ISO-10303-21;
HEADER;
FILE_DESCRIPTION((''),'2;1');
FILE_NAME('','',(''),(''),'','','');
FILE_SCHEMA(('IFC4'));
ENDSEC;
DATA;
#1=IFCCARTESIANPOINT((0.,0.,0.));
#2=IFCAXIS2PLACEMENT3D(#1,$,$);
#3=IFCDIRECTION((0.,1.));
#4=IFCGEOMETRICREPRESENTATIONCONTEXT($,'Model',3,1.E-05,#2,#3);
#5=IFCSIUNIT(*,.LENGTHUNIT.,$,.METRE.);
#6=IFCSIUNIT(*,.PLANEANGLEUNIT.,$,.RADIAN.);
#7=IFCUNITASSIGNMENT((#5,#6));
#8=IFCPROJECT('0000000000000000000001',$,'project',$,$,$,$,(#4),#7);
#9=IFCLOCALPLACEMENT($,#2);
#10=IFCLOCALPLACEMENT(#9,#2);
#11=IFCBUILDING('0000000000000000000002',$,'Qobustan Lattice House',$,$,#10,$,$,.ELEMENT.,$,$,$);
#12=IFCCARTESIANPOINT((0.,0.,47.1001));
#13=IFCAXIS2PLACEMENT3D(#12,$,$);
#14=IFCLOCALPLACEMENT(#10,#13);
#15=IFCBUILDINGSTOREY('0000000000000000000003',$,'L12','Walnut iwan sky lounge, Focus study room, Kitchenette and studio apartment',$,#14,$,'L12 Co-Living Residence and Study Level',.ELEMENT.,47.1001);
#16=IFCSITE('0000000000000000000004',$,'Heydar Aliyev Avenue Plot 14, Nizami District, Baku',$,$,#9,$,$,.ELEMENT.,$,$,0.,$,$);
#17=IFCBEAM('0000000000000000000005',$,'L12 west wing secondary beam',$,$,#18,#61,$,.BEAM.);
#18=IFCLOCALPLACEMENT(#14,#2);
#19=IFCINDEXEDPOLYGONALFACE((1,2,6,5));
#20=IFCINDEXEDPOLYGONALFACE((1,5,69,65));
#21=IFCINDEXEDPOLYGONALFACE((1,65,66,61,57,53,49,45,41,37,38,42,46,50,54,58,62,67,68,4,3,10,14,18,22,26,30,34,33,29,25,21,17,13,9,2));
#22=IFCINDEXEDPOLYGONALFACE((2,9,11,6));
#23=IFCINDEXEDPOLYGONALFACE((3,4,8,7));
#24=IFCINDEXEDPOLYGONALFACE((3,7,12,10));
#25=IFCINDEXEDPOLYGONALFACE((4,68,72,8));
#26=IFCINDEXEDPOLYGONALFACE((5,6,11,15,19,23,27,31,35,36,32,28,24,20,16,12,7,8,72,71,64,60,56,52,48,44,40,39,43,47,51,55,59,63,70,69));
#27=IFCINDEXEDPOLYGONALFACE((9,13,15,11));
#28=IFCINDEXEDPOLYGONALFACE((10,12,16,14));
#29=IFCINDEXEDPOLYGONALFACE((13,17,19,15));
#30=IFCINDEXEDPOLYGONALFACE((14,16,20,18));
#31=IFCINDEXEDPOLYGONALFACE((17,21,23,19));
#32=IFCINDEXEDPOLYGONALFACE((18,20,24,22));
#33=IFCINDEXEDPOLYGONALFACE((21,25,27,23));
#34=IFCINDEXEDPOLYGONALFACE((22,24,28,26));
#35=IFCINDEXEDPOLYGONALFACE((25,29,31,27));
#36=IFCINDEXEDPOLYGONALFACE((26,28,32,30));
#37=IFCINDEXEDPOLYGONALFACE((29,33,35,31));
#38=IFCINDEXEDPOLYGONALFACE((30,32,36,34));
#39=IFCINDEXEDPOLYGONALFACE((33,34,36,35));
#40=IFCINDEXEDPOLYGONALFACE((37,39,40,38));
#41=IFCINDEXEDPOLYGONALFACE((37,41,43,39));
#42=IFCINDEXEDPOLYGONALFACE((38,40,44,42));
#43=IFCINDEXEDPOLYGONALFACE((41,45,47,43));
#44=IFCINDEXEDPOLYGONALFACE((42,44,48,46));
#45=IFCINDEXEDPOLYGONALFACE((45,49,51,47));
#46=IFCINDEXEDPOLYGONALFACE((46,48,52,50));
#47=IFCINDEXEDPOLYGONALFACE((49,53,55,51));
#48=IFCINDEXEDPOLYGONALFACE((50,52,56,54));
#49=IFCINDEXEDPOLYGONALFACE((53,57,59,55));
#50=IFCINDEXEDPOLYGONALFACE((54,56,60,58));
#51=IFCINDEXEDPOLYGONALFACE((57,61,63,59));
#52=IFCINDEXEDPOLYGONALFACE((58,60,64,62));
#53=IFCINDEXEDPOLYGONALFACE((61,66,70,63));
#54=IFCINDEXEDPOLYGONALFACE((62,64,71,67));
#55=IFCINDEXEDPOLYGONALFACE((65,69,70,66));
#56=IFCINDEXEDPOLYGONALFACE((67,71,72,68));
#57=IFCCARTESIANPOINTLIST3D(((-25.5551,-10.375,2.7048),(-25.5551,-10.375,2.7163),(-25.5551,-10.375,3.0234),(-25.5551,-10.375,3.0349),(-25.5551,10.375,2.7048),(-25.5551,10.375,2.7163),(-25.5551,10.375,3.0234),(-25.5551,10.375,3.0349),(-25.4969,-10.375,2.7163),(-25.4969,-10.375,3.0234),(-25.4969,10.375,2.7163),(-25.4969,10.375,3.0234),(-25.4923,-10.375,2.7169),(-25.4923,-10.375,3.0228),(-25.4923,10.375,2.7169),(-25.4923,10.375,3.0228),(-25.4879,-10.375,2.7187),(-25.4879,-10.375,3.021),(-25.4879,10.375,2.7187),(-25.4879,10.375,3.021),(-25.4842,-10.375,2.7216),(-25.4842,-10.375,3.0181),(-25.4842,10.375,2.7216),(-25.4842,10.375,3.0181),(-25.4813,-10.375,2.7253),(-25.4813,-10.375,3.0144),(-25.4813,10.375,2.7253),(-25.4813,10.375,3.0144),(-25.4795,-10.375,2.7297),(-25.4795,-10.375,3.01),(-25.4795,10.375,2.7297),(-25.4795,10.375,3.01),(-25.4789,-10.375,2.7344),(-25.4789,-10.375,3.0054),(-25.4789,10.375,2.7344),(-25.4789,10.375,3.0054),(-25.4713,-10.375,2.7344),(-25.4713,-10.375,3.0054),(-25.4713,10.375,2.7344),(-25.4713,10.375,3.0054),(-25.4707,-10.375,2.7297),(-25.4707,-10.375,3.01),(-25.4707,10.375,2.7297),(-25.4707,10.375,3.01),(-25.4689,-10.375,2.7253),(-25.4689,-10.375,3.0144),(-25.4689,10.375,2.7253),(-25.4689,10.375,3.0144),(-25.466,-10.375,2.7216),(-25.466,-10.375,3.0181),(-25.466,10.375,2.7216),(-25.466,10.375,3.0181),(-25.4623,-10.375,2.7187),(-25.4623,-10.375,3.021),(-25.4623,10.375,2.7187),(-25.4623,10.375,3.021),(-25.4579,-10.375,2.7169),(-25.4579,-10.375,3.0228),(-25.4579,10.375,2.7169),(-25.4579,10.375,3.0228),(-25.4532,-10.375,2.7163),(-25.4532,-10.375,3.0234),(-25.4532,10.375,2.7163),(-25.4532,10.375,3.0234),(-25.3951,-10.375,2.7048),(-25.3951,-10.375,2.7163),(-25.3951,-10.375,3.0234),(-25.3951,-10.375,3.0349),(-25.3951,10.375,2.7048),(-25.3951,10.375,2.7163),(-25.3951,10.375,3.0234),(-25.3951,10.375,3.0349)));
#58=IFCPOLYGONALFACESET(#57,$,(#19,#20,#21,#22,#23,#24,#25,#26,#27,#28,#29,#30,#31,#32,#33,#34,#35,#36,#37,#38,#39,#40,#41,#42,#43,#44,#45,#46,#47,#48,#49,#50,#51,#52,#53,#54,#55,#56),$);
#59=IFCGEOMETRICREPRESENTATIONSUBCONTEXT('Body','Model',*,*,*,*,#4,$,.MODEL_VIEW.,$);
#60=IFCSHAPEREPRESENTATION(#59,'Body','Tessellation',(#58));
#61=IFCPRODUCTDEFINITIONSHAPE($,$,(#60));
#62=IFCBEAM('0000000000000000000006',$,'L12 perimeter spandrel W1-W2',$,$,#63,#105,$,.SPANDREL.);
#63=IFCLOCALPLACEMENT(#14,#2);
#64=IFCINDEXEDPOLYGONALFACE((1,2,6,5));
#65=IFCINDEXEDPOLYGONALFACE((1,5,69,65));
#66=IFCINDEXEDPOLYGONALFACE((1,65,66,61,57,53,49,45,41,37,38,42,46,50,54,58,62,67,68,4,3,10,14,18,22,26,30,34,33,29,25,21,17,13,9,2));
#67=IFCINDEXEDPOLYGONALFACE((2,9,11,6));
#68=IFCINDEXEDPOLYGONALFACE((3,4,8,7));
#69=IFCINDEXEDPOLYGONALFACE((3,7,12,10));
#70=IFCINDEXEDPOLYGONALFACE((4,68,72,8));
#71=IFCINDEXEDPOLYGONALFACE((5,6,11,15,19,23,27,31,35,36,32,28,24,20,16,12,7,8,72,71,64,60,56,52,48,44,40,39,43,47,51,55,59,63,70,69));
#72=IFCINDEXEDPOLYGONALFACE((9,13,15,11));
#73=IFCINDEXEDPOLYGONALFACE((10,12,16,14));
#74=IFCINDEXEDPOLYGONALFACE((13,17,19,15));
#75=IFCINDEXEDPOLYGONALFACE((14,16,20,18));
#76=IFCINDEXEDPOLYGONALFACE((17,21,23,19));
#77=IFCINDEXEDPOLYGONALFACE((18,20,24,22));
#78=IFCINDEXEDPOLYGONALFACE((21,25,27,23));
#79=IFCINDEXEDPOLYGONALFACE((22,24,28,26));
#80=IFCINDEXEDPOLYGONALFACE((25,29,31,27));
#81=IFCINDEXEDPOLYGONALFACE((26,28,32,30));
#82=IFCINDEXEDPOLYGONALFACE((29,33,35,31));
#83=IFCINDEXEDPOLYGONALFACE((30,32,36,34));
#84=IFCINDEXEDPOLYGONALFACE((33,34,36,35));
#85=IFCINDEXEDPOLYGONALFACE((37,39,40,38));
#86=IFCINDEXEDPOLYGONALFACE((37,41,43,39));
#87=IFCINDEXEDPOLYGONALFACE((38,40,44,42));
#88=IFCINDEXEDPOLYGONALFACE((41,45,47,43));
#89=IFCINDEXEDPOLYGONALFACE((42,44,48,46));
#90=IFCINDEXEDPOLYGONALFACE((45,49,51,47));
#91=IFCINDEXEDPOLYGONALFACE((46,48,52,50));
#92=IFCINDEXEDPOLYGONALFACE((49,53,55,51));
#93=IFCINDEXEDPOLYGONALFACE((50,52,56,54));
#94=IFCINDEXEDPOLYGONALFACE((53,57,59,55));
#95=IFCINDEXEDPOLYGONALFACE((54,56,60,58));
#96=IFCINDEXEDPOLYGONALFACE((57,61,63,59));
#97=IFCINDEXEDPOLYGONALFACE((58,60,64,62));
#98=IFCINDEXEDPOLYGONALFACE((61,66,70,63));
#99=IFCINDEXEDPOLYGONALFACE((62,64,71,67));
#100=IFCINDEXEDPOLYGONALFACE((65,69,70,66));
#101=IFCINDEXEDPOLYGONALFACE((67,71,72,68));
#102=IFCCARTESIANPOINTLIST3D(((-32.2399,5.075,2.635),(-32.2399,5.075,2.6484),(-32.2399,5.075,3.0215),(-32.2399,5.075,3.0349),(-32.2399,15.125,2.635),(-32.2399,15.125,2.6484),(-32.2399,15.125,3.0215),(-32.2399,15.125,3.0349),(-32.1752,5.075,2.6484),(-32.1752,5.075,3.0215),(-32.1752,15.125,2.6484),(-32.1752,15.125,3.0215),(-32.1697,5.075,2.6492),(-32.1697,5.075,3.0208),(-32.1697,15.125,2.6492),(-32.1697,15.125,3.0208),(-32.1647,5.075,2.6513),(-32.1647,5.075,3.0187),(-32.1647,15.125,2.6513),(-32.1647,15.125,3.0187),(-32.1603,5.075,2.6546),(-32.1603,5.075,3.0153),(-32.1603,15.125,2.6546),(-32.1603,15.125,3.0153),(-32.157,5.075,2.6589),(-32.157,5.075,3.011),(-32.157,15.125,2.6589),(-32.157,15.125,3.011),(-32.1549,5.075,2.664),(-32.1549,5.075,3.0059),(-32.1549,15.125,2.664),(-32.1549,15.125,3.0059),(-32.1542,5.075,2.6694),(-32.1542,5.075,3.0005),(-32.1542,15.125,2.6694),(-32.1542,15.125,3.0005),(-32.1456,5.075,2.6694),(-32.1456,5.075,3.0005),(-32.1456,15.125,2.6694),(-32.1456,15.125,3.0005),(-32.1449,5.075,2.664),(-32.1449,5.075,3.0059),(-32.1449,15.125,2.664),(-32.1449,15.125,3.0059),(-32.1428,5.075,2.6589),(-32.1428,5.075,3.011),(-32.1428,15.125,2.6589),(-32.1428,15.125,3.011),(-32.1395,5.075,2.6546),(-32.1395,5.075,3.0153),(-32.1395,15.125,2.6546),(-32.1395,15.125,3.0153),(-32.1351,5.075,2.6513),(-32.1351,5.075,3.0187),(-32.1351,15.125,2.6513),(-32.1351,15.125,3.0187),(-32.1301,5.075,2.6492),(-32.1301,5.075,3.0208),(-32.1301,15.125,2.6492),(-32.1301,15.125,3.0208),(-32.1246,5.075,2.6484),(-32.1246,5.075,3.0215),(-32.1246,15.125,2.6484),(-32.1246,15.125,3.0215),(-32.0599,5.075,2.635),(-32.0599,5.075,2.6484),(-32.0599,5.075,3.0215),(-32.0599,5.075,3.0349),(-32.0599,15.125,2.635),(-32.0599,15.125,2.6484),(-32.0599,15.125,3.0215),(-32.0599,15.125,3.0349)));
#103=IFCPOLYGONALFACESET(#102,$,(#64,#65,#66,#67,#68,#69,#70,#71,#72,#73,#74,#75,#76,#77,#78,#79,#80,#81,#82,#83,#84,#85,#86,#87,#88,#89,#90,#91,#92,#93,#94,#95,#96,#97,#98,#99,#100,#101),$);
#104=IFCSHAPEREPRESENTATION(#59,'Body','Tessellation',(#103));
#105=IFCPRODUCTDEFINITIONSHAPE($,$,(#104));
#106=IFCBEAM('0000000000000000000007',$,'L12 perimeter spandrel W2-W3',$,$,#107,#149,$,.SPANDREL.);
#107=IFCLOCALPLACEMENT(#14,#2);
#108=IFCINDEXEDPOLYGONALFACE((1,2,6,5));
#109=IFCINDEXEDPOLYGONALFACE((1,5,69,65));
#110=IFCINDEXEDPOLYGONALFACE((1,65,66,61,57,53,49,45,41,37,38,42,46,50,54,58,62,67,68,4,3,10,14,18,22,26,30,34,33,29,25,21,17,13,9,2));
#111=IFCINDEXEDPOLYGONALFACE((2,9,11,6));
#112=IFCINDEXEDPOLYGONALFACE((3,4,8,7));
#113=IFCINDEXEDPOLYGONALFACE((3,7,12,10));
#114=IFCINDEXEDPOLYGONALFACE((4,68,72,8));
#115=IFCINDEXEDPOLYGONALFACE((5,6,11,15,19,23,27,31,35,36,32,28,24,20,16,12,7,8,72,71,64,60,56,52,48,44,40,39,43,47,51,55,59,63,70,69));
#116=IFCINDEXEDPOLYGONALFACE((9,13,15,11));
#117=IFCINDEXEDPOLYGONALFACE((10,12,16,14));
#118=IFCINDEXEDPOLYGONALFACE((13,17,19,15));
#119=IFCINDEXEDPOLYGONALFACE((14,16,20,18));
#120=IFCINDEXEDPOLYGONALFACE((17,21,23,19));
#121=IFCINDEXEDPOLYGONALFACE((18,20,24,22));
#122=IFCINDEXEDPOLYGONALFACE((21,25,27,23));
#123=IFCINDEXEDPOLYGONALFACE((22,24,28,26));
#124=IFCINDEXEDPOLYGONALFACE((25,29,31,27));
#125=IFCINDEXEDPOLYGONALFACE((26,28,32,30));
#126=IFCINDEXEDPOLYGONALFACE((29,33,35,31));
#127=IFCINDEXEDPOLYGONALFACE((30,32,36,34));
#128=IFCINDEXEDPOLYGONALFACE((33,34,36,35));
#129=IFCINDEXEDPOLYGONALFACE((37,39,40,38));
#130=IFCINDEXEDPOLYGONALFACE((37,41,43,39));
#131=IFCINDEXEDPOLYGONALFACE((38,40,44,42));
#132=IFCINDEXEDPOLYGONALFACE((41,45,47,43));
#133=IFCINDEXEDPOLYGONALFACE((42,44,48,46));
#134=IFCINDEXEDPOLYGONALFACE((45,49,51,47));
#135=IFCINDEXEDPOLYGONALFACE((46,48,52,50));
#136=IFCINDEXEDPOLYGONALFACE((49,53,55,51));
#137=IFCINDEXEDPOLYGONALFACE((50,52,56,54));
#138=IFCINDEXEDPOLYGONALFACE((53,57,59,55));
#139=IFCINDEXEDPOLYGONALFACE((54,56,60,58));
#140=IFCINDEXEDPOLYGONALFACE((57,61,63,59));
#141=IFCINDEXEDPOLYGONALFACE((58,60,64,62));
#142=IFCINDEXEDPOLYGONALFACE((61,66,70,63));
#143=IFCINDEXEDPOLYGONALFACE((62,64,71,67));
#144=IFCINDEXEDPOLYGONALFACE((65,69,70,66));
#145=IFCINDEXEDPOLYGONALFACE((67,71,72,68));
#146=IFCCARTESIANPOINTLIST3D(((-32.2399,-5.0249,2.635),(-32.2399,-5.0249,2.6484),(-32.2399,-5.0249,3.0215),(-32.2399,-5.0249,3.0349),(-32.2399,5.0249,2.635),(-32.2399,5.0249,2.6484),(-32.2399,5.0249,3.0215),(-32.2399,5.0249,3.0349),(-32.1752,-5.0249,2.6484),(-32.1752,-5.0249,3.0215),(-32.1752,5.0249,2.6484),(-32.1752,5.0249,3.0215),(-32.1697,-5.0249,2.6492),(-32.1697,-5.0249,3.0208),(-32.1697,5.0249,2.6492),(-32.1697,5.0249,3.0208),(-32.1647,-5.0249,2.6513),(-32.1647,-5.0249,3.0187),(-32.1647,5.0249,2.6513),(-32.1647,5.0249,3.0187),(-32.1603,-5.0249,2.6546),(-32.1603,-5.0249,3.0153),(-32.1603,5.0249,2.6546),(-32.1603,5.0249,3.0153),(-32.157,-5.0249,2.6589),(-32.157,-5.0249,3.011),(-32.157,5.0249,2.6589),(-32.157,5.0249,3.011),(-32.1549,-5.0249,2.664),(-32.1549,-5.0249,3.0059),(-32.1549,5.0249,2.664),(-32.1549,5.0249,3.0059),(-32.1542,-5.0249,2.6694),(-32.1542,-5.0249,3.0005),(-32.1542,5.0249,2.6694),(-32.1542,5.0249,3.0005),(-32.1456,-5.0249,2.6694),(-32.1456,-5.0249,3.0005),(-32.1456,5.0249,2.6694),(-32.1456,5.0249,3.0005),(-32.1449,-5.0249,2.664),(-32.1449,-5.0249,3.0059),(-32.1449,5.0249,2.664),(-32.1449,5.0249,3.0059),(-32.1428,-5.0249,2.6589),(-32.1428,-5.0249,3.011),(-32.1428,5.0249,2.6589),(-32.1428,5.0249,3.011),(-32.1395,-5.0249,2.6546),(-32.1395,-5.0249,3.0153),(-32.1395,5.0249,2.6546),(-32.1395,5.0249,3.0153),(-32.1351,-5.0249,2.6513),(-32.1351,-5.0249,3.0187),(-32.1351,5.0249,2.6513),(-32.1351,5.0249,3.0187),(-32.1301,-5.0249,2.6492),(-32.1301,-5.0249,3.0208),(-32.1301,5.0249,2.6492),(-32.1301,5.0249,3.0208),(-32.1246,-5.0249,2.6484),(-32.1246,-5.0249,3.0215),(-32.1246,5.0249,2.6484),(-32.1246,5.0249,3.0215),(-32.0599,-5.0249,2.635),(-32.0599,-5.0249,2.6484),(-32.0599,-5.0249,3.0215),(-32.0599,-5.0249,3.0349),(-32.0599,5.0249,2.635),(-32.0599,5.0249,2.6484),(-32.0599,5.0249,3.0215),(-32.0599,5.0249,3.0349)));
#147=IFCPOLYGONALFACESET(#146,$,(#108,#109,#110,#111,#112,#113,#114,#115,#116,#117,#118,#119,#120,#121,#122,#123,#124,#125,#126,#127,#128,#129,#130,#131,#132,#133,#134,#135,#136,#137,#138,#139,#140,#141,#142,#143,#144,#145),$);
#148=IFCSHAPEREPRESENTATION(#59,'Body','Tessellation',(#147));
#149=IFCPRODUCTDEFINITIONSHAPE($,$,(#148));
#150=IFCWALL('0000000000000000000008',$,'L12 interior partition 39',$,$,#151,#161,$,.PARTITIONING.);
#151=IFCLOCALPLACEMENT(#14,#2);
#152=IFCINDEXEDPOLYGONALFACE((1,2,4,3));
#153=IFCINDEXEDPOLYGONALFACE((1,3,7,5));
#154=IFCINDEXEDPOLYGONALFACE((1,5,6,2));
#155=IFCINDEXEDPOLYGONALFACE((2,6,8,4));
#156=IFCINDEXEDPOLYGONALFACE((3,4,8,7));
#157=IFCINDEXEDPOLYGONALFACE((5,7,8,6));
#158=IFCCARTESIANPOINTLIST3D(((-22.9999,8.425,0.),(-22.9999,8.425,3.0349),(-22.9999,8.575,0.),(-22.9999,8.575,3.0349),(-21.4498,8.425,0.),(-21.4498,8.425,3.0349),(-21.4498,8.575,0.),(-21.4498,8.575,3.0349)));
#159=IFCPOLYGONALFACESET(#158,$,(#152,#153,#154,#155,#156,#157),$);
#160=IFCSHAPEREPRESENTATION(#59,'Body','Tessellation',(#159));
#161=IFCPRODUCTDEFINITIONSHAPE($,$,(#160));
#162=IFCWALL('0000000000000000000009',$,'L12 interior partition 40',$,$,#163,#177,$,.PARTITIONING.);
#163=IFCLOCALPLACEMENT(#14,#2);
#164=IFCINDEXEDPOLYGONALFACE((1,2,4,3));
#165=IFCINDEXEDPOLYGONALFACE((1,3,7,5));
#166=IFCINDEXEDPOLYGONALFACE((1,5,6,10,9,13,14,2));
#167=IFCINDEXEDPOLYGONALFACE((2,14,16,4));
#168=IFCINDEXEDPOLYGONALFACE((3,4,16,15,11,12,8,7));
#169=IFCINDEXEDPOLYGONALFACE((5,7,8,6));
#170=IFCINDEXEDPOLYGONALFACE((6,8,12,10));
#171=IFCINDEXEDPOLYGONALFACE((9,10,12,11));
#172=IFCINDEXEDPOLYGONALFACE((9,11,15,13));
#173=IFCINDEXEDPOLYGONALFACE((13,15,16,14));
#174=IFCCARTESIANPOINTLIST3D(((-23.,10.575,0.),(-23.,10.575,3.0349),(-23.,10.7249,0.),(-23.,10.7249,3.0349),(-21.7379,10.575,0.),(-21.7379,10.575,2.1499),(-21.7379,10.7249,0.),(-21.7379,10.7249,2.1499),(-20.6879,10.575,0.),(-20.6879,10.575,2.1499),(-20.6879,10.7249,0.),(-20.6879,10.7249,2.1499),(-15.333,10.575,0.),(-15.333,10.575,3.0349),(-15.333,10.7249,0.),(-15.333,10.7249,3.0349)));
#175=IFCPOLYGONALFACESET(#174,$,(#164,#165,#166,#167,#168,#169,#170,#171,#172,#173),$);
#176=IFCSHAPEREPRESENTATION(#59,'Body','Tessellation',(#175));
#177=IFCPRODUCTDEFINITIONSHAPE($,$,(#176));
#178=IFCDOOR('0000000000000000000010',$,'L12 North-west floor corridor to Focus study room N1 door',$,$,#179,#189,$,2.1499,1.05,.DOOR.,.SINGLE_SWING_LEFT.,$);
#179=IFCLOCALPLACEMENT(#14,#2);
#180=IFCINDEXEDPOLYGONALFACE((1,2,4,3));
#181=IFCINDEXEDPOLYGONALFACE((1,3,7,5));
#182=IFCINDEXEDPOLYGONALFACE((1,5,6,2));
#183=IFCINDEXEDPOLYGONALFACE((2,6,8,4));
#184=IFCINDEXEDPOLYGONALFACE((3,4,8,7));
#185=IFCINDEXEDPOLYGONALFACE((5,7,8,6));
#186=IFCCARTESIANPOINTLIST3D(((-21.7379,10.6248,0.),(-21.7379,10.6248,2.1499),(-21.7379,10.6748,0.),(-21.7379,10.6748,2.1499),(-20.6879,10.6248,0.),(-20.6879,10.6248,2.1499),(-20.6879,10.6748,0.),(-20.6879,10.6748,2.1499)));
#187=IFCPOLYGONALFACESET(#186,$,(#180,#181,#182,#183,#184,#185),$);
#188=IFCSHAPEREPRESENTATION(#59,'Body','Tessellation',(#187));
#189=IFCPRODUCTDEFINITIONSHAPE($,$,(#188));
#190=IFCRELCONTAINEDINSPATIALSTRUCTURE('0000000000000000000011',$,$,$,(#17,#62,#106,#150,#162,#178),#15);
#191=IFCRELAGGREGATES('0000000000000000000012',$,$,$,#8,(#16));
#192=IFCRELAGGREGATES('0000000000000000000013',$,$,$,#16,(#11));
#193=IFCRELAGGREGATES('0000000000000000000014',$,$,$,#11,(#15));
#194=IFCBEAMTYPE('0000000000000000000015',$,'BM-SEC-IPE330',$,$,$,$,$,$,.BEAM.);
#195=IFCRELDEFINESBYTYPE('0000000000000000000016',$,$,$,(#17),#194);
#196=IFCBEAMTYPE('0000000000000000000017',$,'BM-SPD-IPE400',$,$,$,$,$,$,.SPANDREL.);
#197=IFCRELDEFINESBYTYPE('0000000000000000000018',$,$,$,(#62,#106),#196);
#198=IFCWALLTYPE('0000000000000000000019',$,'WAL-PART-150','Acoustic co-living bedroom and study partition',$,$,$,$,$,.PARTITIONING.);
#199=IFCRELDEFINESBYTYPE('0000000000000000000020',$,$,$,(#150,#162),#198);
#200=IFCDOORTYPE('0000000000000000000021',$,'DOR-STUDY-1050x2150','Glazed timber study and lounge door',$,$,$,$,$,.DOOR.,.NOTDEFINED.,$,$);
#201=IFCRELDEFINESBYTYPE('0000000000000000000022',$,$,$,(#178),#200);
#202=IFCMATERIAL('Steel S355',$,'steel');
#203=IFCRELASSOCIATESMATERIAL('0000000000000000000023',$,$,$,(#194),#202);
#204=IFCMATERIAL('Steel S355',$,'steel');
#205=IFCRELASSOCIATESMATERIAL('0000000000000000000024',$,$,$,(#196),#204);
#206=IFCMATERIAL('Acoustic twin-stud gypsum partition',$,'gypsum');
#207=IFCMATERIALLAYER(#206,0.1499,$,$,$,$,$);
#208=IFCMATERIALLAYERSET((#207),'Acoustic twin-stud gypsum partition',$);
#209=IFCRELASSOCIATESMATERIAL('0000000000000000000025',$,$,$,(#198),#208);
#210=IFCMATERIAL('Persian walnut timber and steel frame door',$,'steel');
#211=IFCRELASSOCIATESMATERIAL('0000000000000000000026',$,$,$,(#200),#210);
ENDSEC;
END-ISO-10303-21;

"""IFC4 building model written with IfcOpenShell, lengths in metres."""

from ifc_helpers import new_model, si_unit, direction, frame, frame_2d, origin, origin_2d, place, context, subcontext, project, spatial, rectangle, i_section, extrude, material, layer, layer_set, material_profile, profile_set, type_object, element, fill, save


model = new_model("IFC4")

# Units and contexts
model_context = context("Model", 3, precision=1e-05, world=origin(), true_north=direction((0.0, 1.0)))
body_context = subcontext(model_context, "Body", "Model", "MODEL_VIEW")
ifc_project = project(units=[si_unit("LENGTHUNIT", "METRE"), si_unit("PLANEANGLEUNIT", "RADIAN")], contexts=[model_context])

# Site, building, storey
site_placement = place(None, origin())
site = spatial("IfcSite", under=ifc_project, at=site_placement, Name="Heydar Aliyev Avenue Plot 14, Nizami District, Baku", CompositionType="ELEMENT", RefElevation=0.0)
building_placement = place(site_placement, origin())
building = spatial("IfcBuilding", under=site, at=building_placement, Name="Qobustan Lattice House", CompositionType="ELEMENT")
storey_placement = place(building_placement, frame((0.0, 0.0, 47.1001)))
storey = spatial("IfcBuildingStorey", under=building, at=storey_placement, Name="L12", Description="Walnut iwan sky lounge, Focus study room, Kitchenette and studio apartment", LongName="L12 Co-Living Residence and Study Level", CompositionType="ELEMENT", Elevation=47.1001)

# Beams
ifc_material_1 = material(Name="Steel S355", Category="steel")
ifc_material_profile_1 = material_profile(ifc_material_1, i_section(OverallWidth=0.1599, OverallDepth=0.3301, WebThickness=0.0076, FlangeThickness=0.0115, FilletRadius=0.0181, at=origin_2d()), Name="IPE330")
ifc_profile_set_1 = profile_set([ifc_material_profile_1], Name="Steel S355")
beam_type_1 = type_object("IfcBeamType", Name="BM-SEC-IPE330", PredefinedType="BEAM", material=ifc_profile_set_1)
beam_1_placement = place(storey_placement, frame((-25.4751, 10.375, 2.8699), z_axis=(0.0, -1.0, 0.0), x_axis=(1.0, 0.0, 0.0)))
element("IfcBeam", 1, at=beam_1_placement, inside=storey, type_object=beam_type_1, Name="L12 west wing secondary beam", PredefinedType="BEAM", context=body_context, shape_type="SweptSolid", body=[
    extrude(i_section(OverallWidth=0.1599, OverallDepth=0.3301, WebThickness=0.0076, FlangeThickness=0.0115, FilletRadius=0.0181, at=origin_2d()), origin(), (0.0, 0.0, 1.0), 20.75),
])
ifc_material_2 = material(Name="Steel S355", Category="steel")
ifc_material_profile_2 = material_profile(ifc_material_2, i_section(OverallWidth=0.1799, OverallDepth=0.3999, WebThickness=0.0085, FlangeThickness=0.0134, FilletRadius=0.021, at=origin_2d()), Name="IPE400")
ifc_profile_set_2 = profile_set([ifc_material_profile_2], Name="Steel S355")
beam_type_2 = type_object("IfcBeamType", Name="BM-SPD-IPE400", PredefinedType="SPANDREL", material=ifc_profile_set_2)
beam_2_placement = place(storey_placement, frame((-32.1499, 15.125, 2.835), z_axis=(0.0, -1.0, 0.0), x_axis=(1.0, 0.0, 0.0)))
element("IfcBeam", 2, at=beam_2_placement, inside=storey, type_object=beam_type_2, Name="L12 perimeter spandrel W1-W2", PredefinedType="SPANDREL", context=body_context, shape_type="SweptSolid", body=[
    extrude(i_section(OverallWidth=0.1799, OverallDepth=0.3999, WebThickness=0.0085, FlangeThickness=0.0134, FilletRadius=0.021, at=origin_2d()), origin(), (0.0, 0.0, 1.0), 10.05),
])
beam_3_placement = place(storey_placement, frame((-32.1499, 5.0249, 2.835), z_axis=(0.0, -1.0, 0.0), x_axis=(1.0, 0.0, 0.0)))
element("IfcBeam", 3, at=beam_3_placement, inside=storey, type_object=beam_type_2, Name="L12 perimeter spandrel W2-W3", PredefinedType="SPANDREL", context=body_context, shape_type="SweptSolid", body=[
    extrude(i_section(OverallWidth=0.1799, OverallDepth=0.3999, WebThickness=0.0085, FlangeThickness=0.0134, FilletRadius=0.021, at=origin_2d()), origin(), (0.0, 0.0, 1.0), 10.0498),
])

# Wall
ifc_material_3 = material(Name="Acoustic twin-stud gypsum partition", Category="gypsum")
ifc_layer_1 = layer(ifc_material_3, 0.1499)
ifc_layer_set_1 = layer_set([ifc_layer_1], Name="Acoustic twin-stud gypsum partition")
wall_type_1 = type_object("IfcWallType", Name="WAL-PART-150", Description="Acoustic co-living bedroom and study partition", PredefinedType="PARTITIONING", material=ifc_layer_set_1)
wall_1_placement = place(storey_placement, frame((-21.45, 8.5, 0.0), z_axis=(0.0, 0.0, 1.0), x_axis=(-1.0, 0.0, 0.0)))
element("IfcWall", 4, at=wall_1_placement, inside=storey, type_object=wall_type_1, Name="L12 interior partition 39", PredefinedType="PARTITIONING", context=body_context, shape_type="SweptSolid", body=[
    extrude(rectangle(XDim=1.55, YDim=0.1499, at=frame_2d((0.7749, 0.0))), origin(), (0.0, 0.0, 1.0), 3.0349),
])

# Wall, opening, door
wall_2_placement = place(storey_placement, frame((-23.0, 10.6499, 0.0), z_axis=(0.0, 0.0, 1.0), x_axis=(1.0, 0.0, 0.0)))
wall_2 = element("IfcWall", 5, at=wall_2_placement, inside=storey, type_object=wall_type_1, Name="L12 interior partition 40", PredefinedType="PARTITIONING", context=body_context, shape_type="SweptSolid", body=[
    extrude(rectangle(XDim=7.667, YDim=0.1499, at=frame_2d((3.8335, 0.0))), origin(), (0.0, 0.0, 1.0), 3.0349),
])
opening_1_placement = place(wall_2_placement, frame((1.2622, 0.0, 0.0)))
opening_1 = element("IfcOpeningElement", 6, at=opening_1_placement, cuts=wall_2, PredefinedType="OPENING", context=body_context, shape_type="SweptSolid", body=[
    extrude(rectangle(XDim=1.05, YDim=2.1499, at=frame_2d((0.5249, 1.075))), frame((0.0, 0.085, 0.0), z_axis=(0.0, -1.0, 0.0), x_axis=(1.0, 0.0, 0.0)), (0.0, 0.0, 1.0), 0.1699),
])
ifc_material_4 = material(Name="Persian walnut timber and steel frame door", Category="steel")
door_type_1 = type_object("IfcDoorType", Name="DOR-STUDY-1050x2150", Description="Glazed timber study and lounge door", OperationType="NOTDEFINED", PredefinedType="DOOR", material=ifc_material_4)
door_1_placement = place(opening_1_placement, origin())
door_1 = element("IfcDoor", 7, at=door_1_placement, inside=storey, type_object=door_type_1, Name="L12 North-west floor corridor to Focus study room N1 door", OperationType="SINGLE_SWING_LEFT", OverallHeight=2.1499, OverallWidth=1.05, PredefinedType="DOOR", context=body_context, shape_type="SweptSolid", body=[
    extrude(rectangle(XDim=1.05, YDim=2.1499, at=frame_2d((0.5249, 1.075))), frame((0.0, 0.0249, 0.0), z_axis=(0.0, -1.0, 0.0), x_axis=(1.0, 0.0, 0.0)), (0.0, 0.0, 1.0), 0.05),
])
fill(opening_1, door_1)

save(model, "model.ifc")
